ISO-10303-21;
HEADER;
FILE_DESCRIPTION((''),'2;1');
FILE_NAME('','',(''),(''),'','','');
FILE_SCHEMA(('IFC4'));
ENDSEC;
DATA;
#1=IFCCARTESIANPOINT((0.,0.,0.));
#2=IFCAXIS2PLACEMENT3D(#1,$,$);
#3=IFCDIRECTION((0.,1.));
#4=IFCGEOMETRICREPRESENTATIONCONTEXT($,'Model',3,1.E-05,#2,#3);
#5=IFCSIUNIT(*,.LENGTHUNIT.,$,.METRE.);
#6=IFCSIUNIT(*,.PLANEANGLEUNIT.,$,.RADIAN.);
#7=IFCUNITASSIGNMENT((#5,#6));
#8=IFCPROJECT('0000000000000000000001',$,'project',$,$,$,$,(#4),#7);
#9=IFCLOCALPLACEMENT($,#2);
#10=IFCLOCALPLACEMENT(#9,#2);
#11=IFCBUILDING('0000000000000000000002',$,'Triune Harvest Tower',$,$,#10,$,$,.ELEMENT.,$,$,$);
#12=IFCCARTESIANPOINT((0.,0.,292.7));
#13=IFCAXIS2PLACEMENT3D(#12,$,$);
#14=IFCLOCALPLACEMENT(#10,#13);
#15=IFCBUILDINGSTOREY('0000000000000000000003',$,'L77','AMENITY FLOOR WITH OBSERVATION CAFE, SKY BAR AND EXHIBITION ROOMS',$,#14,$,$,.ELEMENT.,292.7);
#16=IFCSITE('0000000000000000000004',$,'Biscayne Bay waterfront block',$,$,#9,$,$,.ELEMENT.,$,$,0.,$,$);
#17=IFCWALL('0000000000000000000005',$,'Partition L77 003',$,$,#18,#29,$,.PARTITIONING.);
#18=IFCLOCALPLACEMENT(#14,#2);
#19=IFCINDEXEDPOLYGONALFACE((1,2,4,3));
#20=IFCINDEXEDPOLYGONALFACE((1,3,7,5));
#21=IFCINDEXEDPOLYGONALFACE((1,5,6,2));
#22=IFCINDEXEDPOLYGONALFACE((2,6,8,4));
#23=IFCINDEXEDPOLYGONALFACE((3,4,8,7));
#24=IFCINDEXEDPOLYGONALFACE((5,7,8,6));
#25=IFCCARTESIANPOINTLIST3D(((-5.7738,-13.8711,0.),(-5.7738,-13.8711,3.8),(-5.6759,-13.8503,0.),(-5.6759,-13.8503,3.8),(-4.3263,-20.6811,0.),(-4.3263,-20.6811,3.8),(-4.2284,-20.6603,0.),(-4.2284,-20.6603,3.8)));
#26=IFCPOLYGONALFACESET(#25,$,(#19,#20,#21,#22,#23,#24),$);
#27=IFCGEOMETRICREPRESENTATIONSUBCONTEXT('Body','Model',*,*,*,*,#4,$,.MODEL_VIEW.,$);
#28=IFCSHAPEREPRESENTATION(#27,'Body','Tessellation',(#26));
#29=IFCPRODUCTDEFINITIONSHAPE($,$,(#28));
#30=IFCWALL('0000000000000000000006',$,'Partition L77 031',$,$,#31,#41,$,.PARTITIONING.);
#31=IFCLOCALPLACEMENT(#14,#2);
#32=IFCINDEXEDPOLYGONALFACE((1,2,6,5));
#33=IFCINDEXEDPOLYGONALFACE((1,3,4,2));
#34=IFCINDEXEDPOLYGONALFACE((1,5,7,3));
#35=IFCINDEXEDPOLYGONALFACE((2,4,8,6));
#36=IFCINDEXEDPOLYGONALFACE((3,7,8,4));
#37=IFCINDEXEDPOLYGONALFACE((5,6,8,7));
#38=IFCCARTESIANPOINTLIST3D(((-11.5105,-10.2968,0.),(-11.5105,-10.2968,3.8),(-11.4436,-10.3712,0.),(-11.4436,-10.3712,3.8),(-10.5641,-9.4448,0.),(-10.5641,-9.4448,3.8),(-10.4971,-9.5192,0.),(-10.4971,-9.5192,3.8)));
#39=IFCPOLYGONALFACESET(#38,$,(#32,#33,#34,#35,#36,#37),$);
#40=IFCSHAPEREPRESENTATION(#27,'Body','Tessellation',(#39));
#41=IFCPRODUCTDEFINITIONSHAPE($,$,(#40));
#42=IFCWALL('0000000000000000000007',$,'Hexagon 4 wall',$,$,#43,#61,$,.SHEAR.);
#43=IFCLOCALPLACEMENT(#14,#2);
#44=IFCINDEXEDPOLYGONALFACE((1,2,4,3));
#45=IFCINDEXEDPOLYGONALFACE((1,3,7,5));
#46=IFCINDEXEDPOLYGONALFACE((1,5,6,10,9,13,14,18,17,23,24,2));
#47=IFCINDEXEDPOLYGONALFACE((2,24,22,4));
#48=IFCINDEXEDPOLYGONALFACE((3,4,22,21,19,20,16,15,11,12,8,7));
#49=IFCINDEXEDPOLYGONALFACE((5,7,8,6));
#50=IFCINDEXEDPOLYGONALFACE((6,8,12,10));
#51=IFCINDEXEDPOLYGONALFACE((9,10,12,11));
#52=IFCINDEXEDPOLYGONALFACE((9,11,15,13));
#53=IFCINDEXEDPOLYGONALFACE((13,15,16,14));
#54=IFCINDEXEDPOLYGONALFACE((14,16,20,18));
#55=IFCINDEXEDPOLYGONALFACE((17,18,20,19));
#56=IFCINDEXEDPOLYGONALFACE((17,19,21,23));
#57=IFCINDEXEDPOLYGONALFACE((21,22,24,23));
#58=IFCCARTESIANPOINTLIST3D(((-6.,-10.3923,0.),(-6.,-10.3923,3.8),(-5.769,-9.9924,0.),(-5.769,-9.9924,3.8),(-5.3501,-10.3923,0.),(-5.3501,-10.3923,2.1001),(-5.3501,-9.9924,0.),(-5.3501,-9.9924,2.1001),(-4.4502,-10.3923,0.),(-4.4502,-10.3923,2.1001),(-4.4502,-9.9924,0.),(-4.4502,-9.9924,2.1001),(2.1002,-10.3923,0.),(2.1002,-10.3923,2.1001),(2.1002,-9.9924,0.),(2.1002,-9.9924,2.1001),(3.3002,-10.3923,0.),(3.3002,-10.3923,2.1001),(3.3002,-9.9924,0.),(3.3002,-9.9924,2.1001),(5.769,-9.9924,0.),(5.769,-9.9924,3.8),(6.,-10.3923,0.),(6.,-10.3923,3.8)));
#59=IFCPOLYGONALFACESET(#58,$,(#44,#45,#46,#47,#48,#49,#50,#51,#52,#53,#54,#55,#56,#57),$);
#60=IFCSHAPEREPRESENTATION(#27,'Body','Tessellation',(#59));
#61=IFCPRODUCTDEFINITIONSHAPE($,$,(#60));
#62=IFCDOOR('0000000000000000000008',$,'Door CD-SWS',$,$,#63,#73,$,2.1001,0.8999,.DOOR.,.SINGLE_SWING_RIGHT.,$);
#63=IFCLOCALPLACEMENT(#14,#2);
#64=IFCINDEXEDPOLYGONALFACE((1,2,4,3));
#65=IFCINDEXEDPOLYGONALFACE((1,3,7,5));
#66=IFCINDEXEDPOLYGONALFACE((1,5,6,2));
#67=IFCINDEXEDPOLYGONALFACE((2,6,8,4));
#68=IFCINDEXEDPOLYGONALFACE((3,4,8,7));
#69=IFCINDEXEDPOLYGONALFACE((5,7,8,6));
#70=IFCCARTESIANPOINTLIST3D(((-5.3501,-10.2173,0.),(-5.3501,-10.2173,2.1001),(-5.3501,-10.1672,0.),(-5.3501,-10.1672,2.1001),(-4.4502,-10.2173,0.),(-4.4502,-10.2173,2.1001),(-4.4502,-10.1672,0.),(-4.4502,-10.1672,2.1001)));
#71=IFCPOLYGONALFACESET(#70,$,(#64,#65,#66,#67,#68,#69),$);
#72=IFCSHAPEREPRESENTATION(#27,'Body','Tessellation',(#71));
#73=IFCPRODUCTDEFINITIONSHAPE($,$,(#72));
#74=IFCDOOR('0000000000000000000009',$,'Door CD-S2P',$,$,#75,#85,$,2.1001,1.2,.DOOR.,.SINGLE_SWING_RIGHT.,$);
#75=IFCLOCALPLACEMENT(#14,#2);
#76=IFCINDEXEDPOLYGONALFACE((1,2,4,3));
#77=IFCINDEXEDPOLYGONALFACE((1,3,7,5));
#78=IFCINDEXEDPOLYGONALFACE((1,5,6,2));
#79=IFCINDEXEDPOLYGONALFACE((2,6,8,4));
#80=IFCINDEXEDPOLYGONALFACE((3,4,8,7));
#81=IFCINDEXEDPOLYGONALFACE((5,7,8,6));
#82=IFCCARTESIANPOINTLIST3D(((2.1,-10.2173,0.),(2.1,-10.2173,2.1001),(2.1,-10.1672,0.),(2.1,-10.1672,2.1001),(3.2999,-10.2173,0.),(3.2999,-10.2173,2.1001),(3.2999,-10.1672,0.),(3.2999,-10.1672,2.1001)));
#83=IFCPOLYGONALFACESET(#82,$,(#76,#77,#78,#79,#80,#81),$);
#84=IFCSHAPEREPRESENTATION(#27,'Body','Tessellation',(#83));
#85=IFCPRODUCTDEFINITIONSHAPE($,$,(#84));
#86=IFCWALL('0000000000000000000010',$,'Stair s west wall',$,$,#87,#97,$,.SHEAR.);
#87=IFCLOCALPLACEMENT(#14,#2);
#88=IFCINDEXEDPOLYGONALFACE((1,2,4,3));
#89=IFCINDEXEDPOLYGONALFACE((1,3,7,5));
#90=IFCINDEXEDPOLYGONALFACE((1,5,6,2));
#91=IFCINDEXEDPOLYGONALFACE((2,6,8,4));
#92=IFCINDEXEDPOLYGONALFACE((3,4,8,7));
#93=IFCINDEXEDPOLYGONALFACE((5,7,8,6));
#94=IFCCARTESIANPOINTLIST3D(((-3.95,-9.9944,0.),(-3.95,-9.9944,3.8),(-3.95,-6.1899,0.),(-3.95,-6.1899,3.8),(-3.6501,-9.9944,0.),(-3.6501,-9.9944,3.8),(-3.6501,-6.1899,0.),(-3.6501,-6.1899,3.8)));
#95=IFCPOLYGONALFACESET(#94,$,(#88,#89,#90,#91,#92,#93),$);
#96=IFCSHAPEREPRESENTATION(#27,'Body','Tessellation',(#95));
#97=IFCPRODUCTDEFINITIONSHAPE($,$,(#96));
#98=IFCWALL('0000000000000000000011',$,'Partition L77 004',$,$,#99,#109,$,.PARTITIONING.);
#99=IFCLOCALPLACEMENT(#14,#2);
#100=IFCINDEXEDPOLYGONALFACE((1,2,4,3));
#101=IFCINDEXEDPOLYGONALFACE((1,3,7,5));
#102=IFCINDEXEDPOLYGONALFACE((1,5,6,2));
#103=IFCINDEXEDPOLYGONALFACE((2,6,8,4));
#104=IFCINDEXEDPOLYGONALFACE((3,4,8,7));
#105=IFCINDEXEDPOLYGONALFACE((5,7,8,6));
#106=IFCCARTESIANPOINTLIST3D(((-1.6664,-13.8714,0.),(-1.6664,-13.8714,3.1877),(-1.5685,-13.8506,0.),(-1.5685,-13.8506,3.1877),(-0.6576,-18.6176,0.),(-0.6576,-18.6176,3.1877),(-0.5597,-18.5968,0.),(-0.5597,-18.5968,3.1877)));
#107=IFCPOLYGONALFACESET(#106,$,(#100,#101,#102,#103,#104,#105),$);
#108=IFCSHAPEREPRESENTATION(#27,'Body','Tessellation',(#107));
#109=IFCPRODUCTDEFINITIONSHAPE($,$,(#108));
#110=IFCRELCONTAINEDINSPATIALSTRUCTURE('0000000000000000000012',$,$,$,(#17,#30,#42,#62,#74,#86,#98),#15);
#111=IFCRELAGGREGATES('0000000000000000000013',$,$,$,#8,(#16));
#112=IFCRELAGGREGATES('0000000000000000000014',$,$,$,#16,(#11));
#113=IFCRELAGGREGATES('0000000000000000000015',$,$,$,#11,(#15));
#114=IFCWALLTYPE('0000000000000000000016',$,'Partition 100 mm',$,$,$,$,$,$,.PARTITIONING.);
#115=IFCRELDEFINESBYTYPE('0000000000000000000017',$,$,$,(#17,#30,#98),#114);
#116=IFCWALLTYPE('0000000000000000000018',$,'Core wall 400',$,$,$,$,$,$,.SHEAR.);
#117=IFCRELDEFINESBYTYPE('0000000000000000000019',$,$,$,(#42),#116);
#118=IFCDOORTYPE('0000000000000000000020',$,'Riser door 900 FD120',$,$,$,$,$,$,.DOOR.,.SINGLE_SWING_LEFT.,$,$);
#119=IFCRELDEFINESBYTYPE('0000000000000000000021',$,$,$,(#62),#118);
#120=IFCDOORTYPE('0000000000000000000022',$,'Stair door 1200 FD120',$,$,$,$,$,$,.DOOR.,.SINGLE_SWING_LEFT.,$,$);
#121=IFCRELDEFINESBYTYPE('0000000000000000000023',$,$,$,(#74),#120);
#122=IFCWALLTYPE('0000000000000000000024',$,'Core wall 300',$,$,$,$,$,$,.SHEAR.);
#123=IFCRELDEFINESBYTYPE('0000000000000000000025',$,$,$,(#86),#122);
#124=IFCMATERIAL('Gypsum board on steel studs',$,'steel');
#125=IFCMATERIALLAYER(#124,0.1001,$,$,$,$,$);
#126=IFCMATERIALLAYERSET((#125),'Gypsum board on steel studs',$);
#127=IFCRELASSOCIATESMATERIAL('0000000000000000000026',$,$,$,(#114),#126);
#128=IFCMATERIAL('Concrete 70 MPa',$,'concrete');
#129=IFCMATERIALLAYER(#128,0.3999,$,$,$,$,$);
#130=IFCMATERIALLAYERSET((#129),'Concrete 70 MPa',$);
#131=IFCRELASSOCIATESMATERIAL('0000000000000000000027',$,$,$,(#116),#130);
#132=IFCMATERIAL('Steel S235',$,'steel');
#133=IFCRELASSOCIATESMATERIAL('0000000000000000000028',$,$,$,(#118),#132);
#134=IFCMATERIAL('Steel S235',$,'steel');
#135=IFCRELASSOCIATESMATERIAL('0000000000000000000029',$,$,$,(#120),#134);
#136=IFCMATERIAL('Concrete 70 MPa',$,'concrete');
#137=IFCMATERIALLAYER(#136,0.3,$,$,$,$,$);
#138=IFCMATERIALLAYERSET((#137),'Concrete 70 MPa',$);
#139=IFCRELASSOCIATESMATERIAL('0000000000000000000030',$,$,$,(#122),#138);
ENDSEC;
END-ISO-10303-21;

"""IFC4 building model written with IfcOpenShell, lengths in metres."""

from ifc_helpers import new_model, si_unit, direction, frame, frame_2d, origin, place, context, subcontext, project, spatial, polyline, rectangle, outline, extrude, source, transform, mapped, material, layer, layer_set, type_object, element, fill, save


model = new_model("IFC4")

# Units and contexts
model_context = context("Model", 3, precision=1e-05, world=origin(), true_north=direction((0.0, 1.0)))
body_context = subcontext(model_context, "Body", "Model", "MODEL_VIEW")
ifc_project = project(units=[si_unit("LENGTHUNIT", "METRE"), si_unit("PLANEANGLEUNIT", "RADIAN")], contexts=[model_context])

# Site, building, storey
site_placement = place(None, origin())
site = spatial("IfcSite", under=ifc_project, at=site_placement, Name="Biscayne Bay waterfront block", CompositionType="ELEMENT", RefElevation=0.0)
building_placement = place(site_placement, origin())
building = spatial("IfcBuilding", under=site, at=building_placement, Name="Triune Harvest Tower", CompositionType="ELEMENT")
storey_placement = place(building_placement, frame((0.0, 0.0, 292.7)))
storey = spatial("IfcBuildingStorey", under=building, at=storey_placement, Name="L77", Description="AMENITY FLOOR WITH OBSERVATION CAFE, SKY BAR AND EXHIBITION ROOMS", CompositionType="ELEMENT", Elevation=292.7)

# Walls
ifc_material_1 = material(Name="Gypsum board on steel studs", Category="steel")
ifc_layer_1 = layer(ifc_material_1, 0.1001)
ifc_layer_set_1 = layer_set([ifc_layer_1], Name="Gypsum board on steel studs")
wall_type_1 = type_object("IfcWallType", Name="Partition 100 mm", PredefinedType="PARTITIONING", material=ifc_layer_set_1)
wall_1_placement = place(storey_placement, frame((-5.7249, -13.8608, 0.0), z_axis=(0.0, 0.0, 1.0), x_axis=(0.20791, -0.978148, 0.0)))
element("IfcWall", 1, at=wall_1_placement, inside=storey, type_object=wall_type_1, Name="Partition L77 003", PredefinedType="PARTITIONING", context=body_context, shape_type="SweptSolid", body=[
    extrude(rectangle(XDim=6.9622, YDim=0.1001, at=frame_2d((3.481, 0.0))), origin(), (0.0, 0.0, 1.0), 3.8),
])
wall_2_placement = place(storey_placement, frame((-11.4771, -10.334, 0.0), z_axis=(0.0, 0.0, 1.0), x_axis=(0.743227, 0.669039, 0.0)))
element("IfcWall", 2, at=wall_2_placement, inside=storey, type_object=wall_type_1, Name="Partition L77 031", PredefinedType="PARTITIONING", context=body_context, shape_type="SweptSolid", body=[
    extrude(rectangle(XDim=1.2734, YDim=0.1001, at=frame_2d((0.6367, 0.0))), origin(), (0.0, 0.0, 1.0), 3.8),
])

# Wall, openings, doors
ifc_material_2 = material(Name="Concrete 70 MPa", Category="concrete")
ifc_layer_2 = layer(ifc_material_2, 0.3999)
ifc_layer_set_2 = layer_set([ifc_layer_2], Name="Concrete 70 MPa")
wall_type_2 = type_object("IfcWallType", Name="Core wall 400", PredefinedType="SHEAR", material=ifc_layer_set_2)
shared_shape_1 = source(origin(), body_context, "Body", "SweptSolid", [
    extrude(outline(polyline([(-0.1155, -0.2), (11.8845, -0.2), (11.6536, 0.2), (0.1155, 0.2), (-0.1155, -0.2)])), origin(), (0.0, 0.0, 1.0), 3.8),
])
wall_3_placement = place(storey_placement, frame((-5.8845, -10.1924, 0.0), z_axis=(0.0, 0.0, 1.0), x_axis=(1.0, 0.0, 0.0)))
wall_3 = element("IfcWall", 3, at=wall_3_placement, inside=storey, type_object=wall_type_2, Name="Hexagon 4 wall", PredefinedType="SHEAR", context=body_context, shape_type="MappedRepresentation", body=[
    mapped(shared_shape_1, transform((0.0, 0.0, 0.0), scale=1.0)),
])
opening_1_placement = place(wall_3_placement, frame((7.9846, 0.0, 0.0)))
opening_1 = element("IfcOpeningElement", 4, at=opening_1_placement, cuts=wall_3, PredefinedType="OPENING", context=body_context, shape_type="SweptSolid", body=[
    extrude(rectangle(XDim=1.2, YDim=2.1001, at=frame_2d((0.6001, 1.05))), frame((0.0, 0.21, 0.0), z_axis=(0.0, -1.0, 0.0), x_axis=(1.0, 0.0, 0.0)), (0.0, 0.0, 1.0), 0.4199),
])
opening_2_placement = place(wall_3_placement, frame((0.5344, 0.0, 0.0)))
opening_2 = element("IfcOpeningElement", 5, at=opening_2_placement, cuts=wall_3, PredefinedType="OPENING", context=body_context, shape_type="SweptSolid", body=[
    extrude(rectangle(XDim=0.8999, YDim=2.1001, at=frame_2d((0.45, 1.05))), frame((0.0, 0.21, 0.0), z_axis=(0.0, -1.0, 0.0), x_axis=(1.0, 0.0, 0.0)), (0.0, 0.0, 1.0), 0.4199),
])
ifc_material_3 = material(Name="Steel S235", Category="steel")
door_type_1 = type_object("IfcDoorType", Name="Riser door 900 FD120", OperationType="SINGLE_SWING_LEFT", PredefinedType="DOOR", material=ifc_material_3)
door_1_placement = place(opening_2_placement, frame((0.8999, 0.0, 0.0), z_axis=(0.0, 0.0, 1.0), x_axis=(-1.0, 0.0, 0.0)))
door_1 = element("IfcDoor", 6, at=door_1_placement, inside=storey, type_object=door_type_1, Name="Door CD-SWS", OperationType="SINGLE_SWING_RIGHT", OverallHeight=2.1001, OverallWidth=0.8999, PredefinedType="DOOR", context=body_context, shape_type="SweptSolid", body=[
    extrude(rectangle(XDim=0.8999, YDim=2.1001, at=frame_2d((0.45, 1.05))), frame((0.0, 0.0249, 0.0), z_axis=(0.0, -1.0, 0.0), x_axis=(1.0, 0.0, 0.0)), (0.0, 0.0, 1.0), 0.05),
])
fill(opening_2, door_1)
ifc_material_4 = material(Name="Steel S235", Category="steel")
door_type_2 = type_object("IfcDoorType", Name="Stair door 1200 FD120", OperationType="SINGLE_SWING_LEFT", PredefinedType="DOOR", material=ifc_material_4)
door_2_placement = place(opening_1_placement, frame((1.2, 0.0, 0.0), z_axis=(0.0, 0.0, 1.0), x_axis=(-1.0, 0.0, 0.0)))
door_2 = element("IfcDoor", 7, at=door_2_placement, inside=storey, type_object=door_type_2, Name="Door CD-S2P", OperationType="SINGLE_SWING_RIGHT", OverallHeight=2.1001, OverallWidth=1.2, PredefinedType="DOOR", context=body_context, shape_type="SweptSolid", body=[
    extrude(rectangle(XDim=1.2, YDim=2.1001, at=frame_2d((0.6001, 1.05))), frame((0.0, 0.0249, 0.0), z_axis=(0.0, -1.0, 0.0), x_axis=(1.0, 0.0, 0.0)), (0.0, 0.0, 1.0), 0.05),
])
fill(opening_1, door_2)

# Walls
ifc_material_5 = material(Name="Concrete 70 MPa", Category="concrete")
ifc_layer_3 = layer(ifc_material_5, 0.3)
ifc_layer_set_3 = layer_set([ifc_layer_3], Name="Concrete 70 MPa")
wall_type_3 = type_object("IfcWallType", Name="Core wall 300", PredefinedType="SHEAR", material=ifc_layer_set_3)
shared_shape_2 = source(origin(), body_context, "Body", "SweptSolid", [
    extrude(outline(polyline([(3.8, -0.1499), (-0.0044, -0.1499), (-0.0044, 0.1499), (3.8, 0.1499), (3.8, -0.1499)])), origin(), (0.0, 0.0, 1.0), 3.8),
])
wall_4_placement = place(storey_placement, frame((-3.8, -9.99, 0.0), z_axis=(0.0, 0.0, 1.0), x_axis=(0.0, 1.0, 0.0)))
element("IfcWall", 8, at=wall_4_placement, inside=storey, type_object=wall_type_3, Name="Stair s west wall", PredefinedType="SHEAR", context=body_context, shape_type="MappedRepresentation", body=[
    mapped(shared_shape_2, transform((0.0, 0.0, 0.0), scale=1.0)),
])
shared_shape_3 = source(origin(), body_context, "Body", "SweptSolid", [
    extrude(rectangle(XDim=4.8523, YDim=0.1001, at=frame_2d((2.4263, 0.0))), origin(), (0.0, 0.0, 1.0), 3.1877),
])
wall_5_placement = place(storey_placement, frame((-1.6174, -13.8608, 0.0), z_axis=(0.0, 0.0, 1.0), x_axis=(0.207897, -0.978151, 0.0)))
element("IfcWall", 9, at=wall_5_placement, inside=storey, type_object=wall_type_1, Name="Partition L77 004", PredefinedType="PARTITIONING", context=body_context, shape_type="MappedRepresentation", body=[
    mapped(shared_shape_3, transform((0.0, 0.0, 0.0), scale=1.0)),
])

save(model, "model.ifc")
